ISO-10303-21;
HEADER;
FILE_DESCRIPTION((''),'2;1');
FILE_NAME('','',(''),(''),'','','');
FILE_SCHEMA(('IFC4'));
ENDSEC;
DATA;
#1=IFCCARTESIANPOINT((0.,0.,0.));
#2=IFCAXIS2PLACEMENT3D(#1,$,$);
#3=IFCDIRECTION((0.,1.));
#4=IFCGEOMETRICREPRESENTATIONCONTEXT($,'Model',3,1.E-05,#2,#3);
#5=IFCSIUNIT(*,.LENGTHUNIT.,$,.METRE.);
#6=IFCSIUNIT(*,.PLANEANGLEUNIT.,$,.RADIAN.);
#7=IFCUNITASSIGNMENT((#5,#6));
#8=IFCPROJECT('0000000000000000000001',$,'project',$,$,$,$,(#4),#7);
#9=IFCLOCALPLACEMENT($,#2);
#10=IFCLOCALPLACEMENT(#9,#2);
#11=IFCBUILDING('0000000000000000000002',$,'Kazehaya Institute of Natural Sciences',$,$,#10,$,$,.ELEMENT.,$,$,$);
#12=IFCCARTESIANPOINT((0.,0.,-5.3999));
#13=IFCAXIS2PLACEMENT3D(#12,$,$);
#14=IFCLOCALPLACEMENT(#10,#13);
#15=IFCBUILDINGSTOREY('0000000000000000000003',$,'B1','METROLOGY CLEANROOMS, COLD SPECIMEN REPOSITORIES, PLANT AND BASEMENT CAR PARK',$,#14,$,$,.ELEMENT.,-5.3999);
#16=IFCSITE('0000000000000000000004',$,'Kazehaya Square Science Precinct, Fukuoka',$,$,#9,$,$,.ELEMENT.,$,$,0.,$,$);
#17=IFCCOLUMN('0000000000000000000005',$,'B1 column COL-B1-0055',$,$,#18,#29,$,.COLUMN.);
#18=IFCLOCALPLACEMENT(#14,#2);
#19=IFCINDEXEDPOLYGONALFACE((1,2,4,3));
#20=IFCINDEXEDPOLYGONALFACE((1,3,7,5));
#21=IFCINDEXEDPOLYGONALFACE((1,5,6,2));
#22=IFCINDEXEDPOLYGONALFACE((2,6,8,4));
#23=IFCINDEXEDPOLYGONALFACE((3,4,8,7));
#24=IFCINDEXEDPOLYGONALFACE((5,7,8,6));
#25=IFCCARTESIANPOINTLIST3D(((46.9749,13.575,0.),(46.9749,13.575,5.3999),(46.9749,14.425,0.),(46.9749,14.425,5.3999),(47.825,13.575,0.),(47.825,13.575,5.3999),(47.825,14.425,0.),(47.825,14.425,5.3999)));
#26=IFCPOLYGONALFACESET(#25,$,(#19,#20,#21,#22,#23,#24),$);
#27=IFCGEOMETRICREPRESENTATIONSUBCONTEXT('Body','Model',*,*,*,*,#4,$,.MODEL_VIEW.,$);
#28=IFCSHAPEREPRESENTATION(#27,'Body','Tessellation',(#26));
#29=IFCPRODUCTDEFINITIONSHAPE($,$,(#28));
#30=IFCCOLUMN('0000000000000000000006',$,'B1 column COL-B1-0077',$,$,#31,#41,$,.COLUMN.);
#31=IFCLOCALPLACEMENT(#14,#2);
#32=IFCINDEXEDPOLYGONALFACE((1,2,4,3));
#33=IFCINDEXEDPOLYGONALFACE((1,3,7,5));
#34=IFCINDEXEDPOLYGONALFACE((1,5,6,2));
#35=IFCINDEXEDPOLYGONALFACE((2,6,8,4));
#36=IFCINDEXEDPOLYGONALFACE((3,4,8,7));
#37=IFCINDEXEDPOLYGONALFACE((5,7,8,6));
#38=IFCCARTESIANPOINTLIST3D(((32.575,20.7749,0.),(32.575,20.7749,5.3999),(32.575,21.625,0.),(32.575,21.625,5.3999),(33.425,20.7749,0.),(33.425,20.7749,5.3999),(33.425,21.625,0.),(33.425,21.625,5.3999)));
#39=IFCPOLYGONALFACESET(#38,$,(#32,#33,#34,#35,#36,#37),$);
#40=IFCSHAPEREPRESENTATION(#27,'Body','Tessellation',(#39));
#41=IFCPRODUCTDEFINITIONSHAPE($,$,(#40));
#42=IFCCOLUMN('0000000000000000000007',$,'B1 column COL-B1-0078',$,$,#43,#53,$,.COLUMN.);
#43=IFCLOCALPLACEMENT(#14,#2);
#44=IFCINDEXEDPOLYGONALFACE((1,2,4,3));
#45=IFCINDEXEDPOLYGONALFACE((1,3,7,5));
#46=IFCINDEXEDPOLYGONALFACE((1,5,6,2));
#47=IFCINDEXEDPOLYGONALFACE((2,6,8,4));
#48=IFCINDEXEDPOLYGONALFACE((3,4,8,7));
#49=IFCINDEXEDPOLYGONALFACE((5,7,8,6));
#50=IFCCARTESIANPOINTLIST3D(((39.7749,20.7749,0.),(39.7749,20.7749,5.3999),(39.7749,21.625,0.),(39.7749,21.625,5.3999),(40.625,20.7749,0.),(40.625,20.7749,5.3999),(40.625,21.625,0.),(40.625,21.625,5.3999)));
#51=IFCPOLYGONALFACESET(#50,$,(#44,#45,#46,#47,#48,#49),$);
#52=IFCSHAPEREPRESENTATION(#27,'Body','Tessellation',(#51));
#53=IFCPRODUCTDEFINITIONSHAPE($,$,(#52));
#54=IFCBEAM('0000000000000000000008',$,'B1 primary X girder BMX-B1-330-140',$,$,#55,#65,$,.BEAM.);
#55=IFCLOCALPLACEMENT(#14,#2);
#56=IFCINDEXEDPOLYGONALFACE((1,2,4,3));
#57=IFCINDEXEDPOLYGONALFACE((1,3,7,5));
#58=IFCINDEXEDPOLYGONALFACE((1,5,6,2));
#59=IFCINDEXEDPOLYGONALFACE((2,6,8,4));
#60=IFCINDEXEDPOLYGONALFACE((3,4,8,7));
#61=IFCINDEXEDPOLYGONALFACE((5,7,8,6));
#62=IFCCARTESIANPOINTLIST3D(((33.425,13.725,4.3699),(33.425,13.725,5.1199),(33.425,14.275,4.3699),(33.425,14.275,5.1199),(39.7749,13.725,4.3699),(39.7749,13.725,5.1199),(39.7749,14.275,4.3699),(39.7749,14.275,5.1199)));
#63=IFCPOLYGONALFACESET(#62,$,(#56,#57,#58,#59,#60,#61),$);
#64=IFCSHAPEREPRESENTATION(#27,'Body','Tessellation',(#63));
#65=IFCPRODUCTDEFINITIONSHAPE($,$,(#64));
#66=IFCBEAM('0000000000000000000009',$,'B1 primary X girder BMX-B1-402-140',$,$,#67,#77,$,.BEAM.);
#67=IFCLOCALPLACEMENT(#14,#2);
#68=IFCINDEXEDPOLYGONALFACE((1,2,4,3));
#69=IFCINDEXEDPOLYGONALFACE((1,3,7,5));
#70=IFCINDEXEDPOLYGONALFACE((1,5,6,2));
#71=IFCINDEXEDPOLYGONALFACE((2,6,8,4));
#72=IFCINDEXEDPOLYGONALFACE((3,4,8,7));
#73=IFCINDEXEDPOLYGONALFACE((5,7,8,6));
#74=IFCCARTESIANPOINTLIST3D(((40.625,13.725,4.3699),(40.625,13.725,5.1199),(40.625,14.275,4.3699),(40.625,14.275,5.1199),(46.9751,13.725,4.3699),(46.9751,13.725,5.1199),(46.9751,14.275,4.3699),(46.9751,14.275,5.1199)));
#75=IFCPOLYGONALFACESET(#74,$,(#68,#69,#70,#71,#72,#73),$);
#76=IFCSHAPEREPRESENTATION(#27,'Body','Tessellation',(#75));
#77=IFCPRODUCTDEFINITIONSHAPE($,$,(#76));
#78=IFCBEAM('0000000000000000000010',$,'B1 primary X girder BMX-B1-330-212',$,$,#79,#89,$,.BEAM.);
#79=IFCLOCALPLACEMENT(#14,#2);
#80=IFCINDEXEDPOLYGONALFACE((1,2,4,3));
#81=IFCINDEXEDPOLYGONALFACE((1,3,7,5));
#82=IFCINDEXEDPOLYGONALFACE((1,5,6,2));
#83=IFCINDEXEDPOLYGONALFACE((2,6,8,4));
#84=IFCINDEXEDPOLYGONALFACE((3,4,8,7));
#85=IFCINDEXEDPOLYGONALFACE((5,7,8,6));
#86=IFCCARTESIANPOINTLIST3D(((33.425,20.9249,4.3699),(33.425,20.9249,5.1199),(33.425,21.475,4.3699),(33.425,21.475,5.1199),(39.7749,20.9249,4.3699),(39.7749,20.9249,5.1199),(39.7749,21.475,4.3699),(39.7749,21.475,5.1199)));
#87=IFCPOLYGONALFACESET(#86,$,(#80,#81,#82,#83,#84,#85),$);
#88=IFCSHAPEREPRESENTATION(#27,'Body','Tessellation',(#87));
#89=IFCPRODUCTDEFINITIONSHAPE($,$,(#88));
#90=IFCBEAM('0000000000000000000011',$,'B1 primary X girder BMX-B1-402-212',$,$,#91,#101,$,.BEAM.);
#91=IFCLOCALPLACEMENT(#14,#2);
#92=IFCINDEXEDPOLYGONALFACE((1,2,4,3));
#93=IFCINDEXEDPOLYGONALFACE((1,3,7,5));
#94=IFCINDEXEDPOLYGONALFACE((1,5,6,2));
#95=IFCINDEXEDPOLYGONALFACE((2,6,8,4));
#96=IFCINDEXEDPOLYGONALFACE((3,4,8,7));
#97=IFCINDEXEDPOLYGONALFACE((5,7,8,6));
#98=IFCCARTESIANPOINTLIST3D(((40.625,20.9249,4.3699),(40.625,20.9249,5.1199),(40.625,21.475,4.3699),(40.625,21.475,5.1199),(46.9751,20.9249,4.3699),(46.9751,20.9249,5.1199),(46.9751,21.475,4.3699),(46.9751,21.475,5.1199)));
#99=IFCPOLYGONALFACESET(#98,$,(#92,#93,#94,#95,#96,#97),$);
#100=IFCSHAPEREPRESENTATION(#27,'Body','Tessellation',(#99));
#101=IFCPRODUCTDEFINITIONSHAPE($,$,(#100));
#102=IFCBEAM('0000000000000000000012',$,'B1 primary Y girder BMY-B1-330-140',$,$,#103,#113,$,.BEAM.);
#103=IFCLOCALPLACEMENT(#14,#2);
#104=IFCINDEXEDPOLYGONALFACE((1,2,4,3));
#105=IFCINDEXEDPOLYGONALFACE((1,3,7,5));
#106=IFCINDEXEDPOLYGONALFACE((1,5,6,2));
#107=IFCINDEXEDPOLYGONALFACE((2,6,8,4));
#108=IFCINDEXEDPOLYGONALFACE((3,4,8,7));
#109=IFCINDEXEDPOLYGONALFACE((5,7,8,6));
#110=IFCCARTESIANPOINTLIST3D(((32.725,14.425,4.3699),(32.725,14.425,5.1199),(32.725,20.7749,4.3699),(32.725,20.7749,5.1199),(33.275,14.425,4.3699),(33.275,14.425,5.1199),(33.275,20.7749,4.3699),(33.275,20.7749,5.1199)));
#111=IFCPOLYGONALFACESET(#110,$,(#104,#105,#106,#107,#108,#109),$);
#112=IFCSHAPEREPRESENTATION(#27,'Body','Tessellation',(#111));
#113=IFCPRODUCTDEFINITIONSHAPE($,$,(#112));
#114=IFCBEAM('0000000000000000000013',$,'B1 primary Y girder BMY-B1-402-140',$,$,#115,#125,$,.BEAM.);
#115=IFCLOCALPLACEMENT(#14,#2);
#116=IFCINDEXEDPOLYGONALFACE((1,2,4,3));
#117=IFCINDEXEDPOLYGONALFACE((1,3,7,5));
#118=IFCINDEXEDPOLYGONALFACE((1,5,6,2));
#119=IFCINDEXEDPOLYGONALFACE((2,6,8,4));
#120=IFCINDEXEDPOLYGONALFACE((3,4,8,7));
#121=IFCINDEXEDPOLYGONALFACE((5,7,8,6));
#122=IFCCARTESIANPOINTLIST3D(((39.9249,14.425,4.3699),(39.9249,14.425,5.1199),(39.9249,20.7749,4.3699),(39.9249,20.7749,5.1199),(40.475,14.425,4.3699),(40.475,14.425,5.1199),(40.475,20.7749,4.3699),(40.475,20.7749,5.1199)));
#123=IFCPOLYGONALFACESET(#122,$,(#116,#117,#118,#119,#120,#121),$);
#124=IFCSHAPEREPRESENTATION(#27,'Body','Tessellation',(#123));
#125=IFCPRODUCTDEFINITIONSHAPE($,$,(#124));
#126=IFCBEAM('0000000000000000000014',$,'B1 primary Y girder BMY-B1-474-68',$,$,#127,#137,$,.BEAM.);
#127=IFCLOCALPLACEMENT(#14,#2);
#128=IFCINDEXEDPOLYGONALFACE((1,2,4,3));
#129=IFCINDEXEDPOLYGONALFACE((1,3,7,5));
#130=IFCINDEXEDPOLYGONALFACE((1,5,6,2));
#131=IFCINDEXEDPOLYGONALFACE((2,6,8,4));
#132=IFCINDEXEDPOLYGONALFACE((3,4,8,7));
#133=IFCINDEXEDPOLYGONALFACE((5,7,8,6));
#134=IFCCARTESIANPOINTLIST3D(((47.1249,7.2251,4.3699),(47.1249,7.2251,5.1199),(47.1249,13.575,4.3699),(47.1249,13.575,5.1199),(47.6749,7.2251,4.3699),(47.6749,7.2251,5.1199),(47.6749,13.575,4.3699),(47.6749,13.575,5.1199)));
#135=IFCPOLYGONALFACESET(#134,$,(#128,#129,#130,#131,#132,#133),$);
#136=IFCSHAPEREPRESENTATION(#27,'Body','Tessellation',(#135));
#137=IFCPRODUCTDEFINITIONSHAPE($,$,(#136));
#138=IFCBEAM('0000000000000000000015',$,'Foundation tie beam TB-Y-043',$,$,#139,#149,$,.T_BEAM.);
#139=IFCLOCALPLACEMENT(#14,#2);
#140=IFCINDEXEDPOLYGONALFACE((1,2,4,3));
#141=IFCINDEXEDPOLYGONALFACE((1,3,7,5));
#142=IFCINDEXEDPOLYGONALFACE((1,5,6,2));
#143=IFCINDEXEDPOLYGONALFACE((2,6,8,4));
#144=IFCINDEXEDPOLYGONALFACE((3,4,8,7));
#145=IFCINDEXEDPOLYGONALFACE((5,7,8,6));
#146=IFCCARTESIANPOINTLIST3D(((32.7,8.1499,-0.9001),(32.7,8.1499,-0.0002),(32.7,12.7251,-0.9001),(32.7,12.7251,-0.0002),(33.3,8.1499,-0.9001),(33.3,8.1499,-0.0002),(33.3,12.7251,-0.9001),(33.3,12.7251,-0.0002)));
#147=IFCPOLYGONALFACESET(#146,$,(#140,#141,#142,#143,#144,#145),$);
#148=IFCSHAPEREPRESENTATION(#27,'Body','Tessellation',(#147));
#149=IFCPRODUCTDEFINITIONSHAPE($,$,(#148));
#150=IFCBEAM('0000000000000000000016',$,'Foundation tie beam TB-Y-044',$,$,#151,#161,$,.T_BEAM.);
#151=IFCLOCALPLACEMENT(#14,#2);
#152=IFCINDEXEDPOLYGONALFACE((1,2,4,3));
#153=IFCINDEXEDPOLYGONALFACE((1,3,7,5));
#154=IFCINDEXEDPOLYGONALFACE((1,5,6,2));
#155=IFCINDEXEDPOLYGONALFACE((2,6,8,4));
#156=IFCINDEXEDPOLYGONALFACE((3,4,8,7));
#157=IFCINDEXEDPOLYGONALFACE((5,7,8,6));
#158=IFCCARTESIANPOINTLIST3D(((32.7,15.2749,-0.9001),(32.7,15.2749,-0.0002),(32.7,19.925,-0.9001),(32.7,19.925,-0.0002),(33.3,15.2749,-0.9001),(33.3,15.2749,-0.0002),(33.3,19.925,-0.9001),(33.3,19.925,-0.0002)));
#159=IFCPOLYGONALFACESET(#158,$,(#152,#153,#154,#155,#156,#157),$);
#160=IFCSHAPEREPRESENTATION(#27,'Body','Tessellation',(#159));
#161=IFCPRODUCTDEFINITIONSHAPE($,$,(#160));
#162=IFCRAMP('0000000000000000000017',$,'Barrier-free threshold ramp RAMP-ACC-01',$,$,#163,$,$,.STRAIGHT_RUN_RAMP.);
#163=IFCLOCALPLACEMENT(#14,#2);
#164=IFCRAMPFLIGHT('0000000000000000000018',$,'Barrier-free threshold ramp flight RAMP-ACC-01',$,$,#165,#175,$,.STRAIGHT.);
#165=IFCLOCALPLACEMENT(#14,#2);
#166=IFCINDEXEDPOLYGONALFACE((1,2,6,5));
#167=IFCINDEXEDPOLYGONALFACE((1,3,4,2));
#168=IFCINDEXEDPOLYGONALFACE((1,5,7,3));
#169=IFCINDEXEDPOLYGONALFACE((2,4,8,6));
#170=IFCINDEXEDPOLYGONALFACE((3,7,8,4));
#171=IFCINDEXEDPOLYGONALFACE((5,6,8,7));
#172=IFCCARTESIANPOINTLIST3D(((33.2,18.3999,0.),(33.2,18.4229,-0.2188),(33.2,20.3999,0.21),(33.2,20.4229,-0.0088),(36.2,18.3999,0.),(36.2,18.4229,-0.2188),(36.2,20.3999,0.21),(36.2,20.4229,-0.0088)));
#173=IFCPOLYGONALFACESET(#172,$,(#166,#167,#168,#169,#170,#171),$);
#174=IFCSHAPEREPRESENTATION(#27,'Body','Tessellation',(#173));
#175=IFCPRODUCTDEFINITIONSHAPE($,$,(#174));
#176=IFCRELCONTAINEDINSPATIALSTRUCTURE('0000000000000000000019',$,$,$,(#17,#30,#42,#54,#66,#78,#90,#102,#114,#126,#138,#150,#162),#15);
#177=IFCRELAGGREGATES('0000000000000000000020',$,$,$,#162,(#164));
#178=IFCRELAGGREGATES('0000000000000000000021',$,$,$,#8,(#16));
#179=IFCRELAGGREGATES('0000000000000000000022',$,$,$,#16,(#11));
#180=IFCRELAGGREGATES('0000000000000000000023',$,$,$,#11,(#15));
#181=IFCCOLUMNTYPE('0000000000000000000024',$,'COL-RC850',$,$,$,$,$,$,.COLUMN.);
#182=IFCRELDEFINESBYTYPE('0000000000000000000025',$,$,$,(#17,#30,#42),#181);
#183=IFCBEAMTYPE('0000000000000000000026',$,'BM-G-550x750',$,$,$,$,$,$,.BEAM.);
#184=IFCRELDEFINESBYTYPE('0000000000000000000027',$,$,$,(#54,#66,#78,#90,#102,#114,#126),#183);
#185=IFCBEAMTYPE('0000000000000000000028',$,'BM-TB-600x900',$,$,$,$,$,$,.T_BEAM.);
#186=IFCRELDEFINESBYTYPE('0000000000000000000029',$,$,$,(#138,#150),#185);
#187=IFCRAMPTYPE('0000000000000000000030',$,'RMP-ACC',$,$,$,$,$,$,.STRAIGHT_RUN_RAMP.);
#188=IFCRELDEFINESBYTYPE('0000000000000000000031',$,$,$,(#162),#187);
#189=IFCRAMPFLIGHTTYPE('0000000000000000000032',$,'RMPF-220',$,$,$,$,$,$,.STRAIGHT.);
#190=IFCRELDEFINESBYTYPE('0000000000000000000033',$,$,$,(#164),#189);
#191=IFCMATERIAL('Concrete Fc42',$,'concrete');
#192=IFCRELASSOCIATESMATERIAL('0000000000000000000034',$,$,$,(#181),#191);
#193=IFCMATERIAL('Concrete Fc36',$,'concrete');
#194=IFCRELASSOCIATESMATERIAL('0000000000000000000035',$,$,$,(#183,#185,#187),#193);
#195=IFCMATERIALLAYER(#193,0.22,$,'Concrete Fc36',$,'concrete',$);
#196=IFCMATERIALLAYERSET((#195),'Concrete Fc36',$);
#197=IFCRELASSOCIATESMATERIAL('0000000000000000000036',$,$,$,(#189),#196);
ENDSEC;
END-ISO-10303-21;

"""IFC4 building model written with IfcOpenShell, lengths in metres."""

from ifc_helpers import new_model, si_unit, direction, frame, origin, origin_2d, place, context, subcontext, project, spatial, polyline, rectangle, outline, extrude, material, layer, layer_set, material_profile, profile_set, type_object, element, aggregate, save


model = new_model("IFC4")

# Units and contexts
model_context = context("Model", 3, precision=1e-05, world=origin(), true_north=direction((0.0, 1.0)))
body_context = subcontext(model_context, "Body", "Model", "MODEL_VIEW")
ifc_project = project(units=[si_unit("LENGTHUNIT", "METRE"), si_unit("PLANEANGLEUNIT", "RADIAN")], contexts=[model_context])

# Site, building, storey
site_placement = place(None, origin())
site = spatial("IfcSite", under=ifc_project, at=site_placement, Name="Kazehaya Square Science Precinct, Fukuoka", CompositionType="ELEMENT", RefElevation=0.0)
building_placement = place(site_placement, origin())
building = spatial("IfcBuilding", under=site, at=building_placement, Name="Kazehaya Institute of Natural Sciences", CompositionType="ELEMENT")
storey_placement = place(building_placement, frame((0.0, 0.0, -5.3999)))
storey = spatial("IfcBuildingStorey", under=building, at=storey_placement, Name="B1", Description="METROLOGY CLEANROOMS, COLD SPECIMEN REPOSITORIES, PLANT AND BASEMENT CAR PARK", CompositionType="ELEMENT", Elevation=-5.3999)

# Shared definitions
ifc_material_1 = material(Name="Concrete Fc36", Category="concrete")

# Columns
ifc_material_2 = material(Name="Concrete Fc42", Category="concrete")
ifc_material_profile_1 = material_profile(ifc_material_2, rectangle(XDim=0.8501, YDim=0.8501, at=origin_2d()), Name="RC-850x850")
ifc_profile_set_1 = profile_set([ifc_material_profile_1], Name="Concrete Fc42")
column_type = type_object("IfcColumnType", Name="COL-RC850", PredefinedType="COLUMN", material=ifc_profile_set_1)
for number, where, z_axis, x_axis, name in (
    (1, (47.3999, 14.0, 0.0), (0.0, 0.0, 1.0), (1.0, 0.0, 0.0), "B1 column COL-B1-0055"),
    (2, (33.0, 21.2, 0.0), (0.0, 0.0, 1.0), (1.0, 0.0, 0.0), "B1 column COL-B1-0077"),
    (3, (40.2, 21.2, 0.0), (0.0, 0.0, 1.0), (1.0, 0.0, 0.0), "B1 column COL-B1-0078"),
):
    element("IfcColumn", number, at=place(storey_placement, frame(where, z_axis=z_axis, x_axis=x_axis)), inside=storey, type_object=column_type, Name=name, PredefinedType="COLUMN", context=body_context, shape_type="SweptSolid", body=[
        extrude(rectangle(XDim=0.8501, YDim=0.8501, at=origin_2d()), origin(), (0.0, 0.0, 1.0), 5.3999),
    ])

# Beams
ifc_material_profile_2 = material_profile(ifc_material_1, rectangle(XDim=0.55, YDim=0.75, at=origin_2d()), Name="RC-550x750")
ifc_profile_set_2 = profile_set([ifc_material_profile_2], Name="Concrete Fc36")
beam_type_1 = type_object("IfcBeamType", Name="BM-G-550x750", PredefinedType="BEAM", material=ifc_profile_set_2)
beam_1_placement = place(storey_placement, frame((33.425, 14.0, 4.7449), z_axis=(1.0, 0.0, 0.0), x_axis=(0.0, 1.0, 0.0)))
element("IfcBeam", 4, at=beam_1_placement, inside=storey, type_object=beam_type_1, Name="B1 primary X girder BMX-B1-330-140", PredefinedType="BEAM", context=body_context, shape_type="SweptSolid", body=[
    extrude(rectangle(XDim=0.55, YDim=0.75, at=origin_2d()), origin(), (0.0, 0.0, 1.0), 6.3499),
])
beam_2_placement = place(storey_placement, frame((40.625, 14.0, 4.7449), z_axis=(1.0, 0.0, 0.0), x_axis=(0.0, 1.0, 0.0)))
element("IfcBeam", 5, at=beam_2_placement, inside=storey, type_object=beam_type_1, Name="B1 primary X girder BMX-B1-402-140", PredefinedType="BEAM", context=body_context, shape_type="SweptSolid", body=[
    extrude(rectangle(XDim=0.55, YDim=0.75, at=origin_2d()), origin(), (0.0, 0.0, 1.0), 6.3501),
])
beam_3_placement = place(storey_placement, frame((33.425, 21.2, 4.7449), z_axis=(1.0, 0.0, 0.0), x_axis=(0.0, 1.0, 0.0)))
element("IfcBeam", 6, at=beam_3_placement, inside=storey, type_object=beam_type_1, Name="B1 primary X girder BMX-B1-330-212", PredefinedType="BEAM", context=body_context, shape_type="SweptSolid", body=[
    extrude(rectangle(XDim=0.55, YDim=0.75, at=origin_2d()), origin(), (0.0, 0.0, 1.0), 6.3499),
])
beam_4_placement = place(storey_placement, frame((40.625, 21.2, 4.7449), z_axis=(1.0, 0.0, 0.0), x_axis=(0.0, 1.0, 0.0)))
element("IfcBeam", 7, at=beam_4_placement, inside=storey, type_object=beam_type_1, Name="B1 primary X girder BMX-B1-402-212", PredefinedType="BEAM", context=body_context, shape_type="SweptSolid", body=[
    extrude(rectangle(XDim=0.55, YDim=0.75, at=origin_2d()), origin(), (0.0, 0.0, 1.0), 6.3501),
])
for number, where, z_axis, x_axis, name in (
    (8, (33.0, 14.425, 4.7449), (0.0, 1.0, 0.0), (-1.0, 0.0, 0.0), "B1 primary Y girder BMY-B1-330-140"),
    (9, (40.2, 14.425, 4.7449), (0.0, 1.0, 0.0), (-1.0, 0.0, 0.0), "B1 primary Y girder BMY-B1-402-140"),
    (10, (47.3999, 7.2251, 4.7449), (0.0, 1.0, 0.0), (-1.0, 0.0, 0.0), "B1 primary Y girder BMY-B1-474-68"),
):
    element("IfcBeam", number, at=place(storey_placement, frame(where, z_axis=z_axis, x_axis=x_axis)), inside=storey, type_object=beam_type_1, Name=name, PredefinedType="BEAM", context=body_context, shape_type="SweptSolid", body=[
        extrude(rectangle(XDim=0.55, YDim=0.75, at=origin_2d()), origin(), (0.0, 0.0, 1.0), 6.3499),
    ])
ifc_material_profile_3 = material_profile(ifc_material_1, rectangle(XDim=0.6001, YDim=0.8999, at=origin_2d()), Name="RC-600x900")
ifc_profile_set_3 = profile_set([ifc_material_profile_3], Name="Concrete Fc36")
beam_type_2 = type_object("IfcBeamType", Name="BM-TB-600x900", PredefinedType="T_BEAM", material=ifc_profile_set_3)
beam_5_placement = place(storey_placement, frame((33.0, 8.1499, -0.4502), z_axis=(0.0, 1.0, 0.0), x_axis=(-1.0, 0.0, 0.0)))
element("IfcBeam", 11, at=beam_5_placement, inside=storey, type_object=beam_type_2, Name="Foundation tie beam TB-Y-043", PredefinedType="T_BEAM", context=body_context, shape_type="SweptSolid", body=[
    extrude(rectangle(XDim=0.6001, YDim=0.8999, at=origin_2d()), origin(), (0.0, 0.0, 1.0), 4.5752),
])
beam_6_placement = place(storey_placement, frame((33.0, 15.2749, -0.4502), z_axis=(0.0, 1.0, 0.0), x_axis=(-1.0, 0.0, 0.0)))
element("IfcBeam", 12, at=beam_6_placement, inside=storey, type_object=beam_type_2, Name="Foundation tie beam TB-Y-044", PredefinedType="T_BEAM", context=body_context, shape_type="SweptSolid", body=[
    extrude(rectangle(XDim=0.6001, YDim=0.8999, at=origin_2d()), origin(), (0.0, 0.0, 1.0), 4.6501),
])

# Ramp, ramp flight
ramp_type = type_object("IfcRampType", Name="RMP-ACC", PredefinedType="STRAIGHT_RUN_RAMP", material=ifc_material_1)
ramp_placement = place(storey_placement, origin())
ramp = element("IfcRamp", 13, at=ramp_placement, inside=storey, type_object=ramp_type, Name="Barrier-free threshold ramp RAMP-ACC-01", PredefinedType="STRAIGHT_RUN_RAMP")
ifc_layer = layer(ifc_material_1, 0.22, Name="Concrete Fc36", Category="concrete")
ifc_layer_set = layer_set([ifc_layer], Name="Concrete Fc36")
ramp_flight_type = type_object("IfcRampFlightType", Name="RMPF-220", PredefinedType="STRAIGHT", material=ifc_layer_set)
ramp_flight_placement = place(storey_placement, frame((33.2, 18.3999, 0.0), z_axis=(0.0, -0.104407, 0.994535), x_axis=(1.0, 0.0, 0.0)))
ramp_flight = element("IfcRampFlight", 14, at=ramp_flight_placement, type_object=ramp_flight_type, Name="Barrier-free threshold ramp flight RAMP-ACC-01", PredefinedType="STRAIGHT", context=body_context, shape_type="SweptSolid", body=[
    extrude(outline(polyline([(0.0, 0.0), (3.0, 0.0), (3.0, 2.011), (0.0, 2.011), (0.0, 0.0)])), origin(), (0.0, 0.0, -1.0), 0.22),
])
aggregate(ramp, [ramp_flight])

save(model, "model.ifc")
